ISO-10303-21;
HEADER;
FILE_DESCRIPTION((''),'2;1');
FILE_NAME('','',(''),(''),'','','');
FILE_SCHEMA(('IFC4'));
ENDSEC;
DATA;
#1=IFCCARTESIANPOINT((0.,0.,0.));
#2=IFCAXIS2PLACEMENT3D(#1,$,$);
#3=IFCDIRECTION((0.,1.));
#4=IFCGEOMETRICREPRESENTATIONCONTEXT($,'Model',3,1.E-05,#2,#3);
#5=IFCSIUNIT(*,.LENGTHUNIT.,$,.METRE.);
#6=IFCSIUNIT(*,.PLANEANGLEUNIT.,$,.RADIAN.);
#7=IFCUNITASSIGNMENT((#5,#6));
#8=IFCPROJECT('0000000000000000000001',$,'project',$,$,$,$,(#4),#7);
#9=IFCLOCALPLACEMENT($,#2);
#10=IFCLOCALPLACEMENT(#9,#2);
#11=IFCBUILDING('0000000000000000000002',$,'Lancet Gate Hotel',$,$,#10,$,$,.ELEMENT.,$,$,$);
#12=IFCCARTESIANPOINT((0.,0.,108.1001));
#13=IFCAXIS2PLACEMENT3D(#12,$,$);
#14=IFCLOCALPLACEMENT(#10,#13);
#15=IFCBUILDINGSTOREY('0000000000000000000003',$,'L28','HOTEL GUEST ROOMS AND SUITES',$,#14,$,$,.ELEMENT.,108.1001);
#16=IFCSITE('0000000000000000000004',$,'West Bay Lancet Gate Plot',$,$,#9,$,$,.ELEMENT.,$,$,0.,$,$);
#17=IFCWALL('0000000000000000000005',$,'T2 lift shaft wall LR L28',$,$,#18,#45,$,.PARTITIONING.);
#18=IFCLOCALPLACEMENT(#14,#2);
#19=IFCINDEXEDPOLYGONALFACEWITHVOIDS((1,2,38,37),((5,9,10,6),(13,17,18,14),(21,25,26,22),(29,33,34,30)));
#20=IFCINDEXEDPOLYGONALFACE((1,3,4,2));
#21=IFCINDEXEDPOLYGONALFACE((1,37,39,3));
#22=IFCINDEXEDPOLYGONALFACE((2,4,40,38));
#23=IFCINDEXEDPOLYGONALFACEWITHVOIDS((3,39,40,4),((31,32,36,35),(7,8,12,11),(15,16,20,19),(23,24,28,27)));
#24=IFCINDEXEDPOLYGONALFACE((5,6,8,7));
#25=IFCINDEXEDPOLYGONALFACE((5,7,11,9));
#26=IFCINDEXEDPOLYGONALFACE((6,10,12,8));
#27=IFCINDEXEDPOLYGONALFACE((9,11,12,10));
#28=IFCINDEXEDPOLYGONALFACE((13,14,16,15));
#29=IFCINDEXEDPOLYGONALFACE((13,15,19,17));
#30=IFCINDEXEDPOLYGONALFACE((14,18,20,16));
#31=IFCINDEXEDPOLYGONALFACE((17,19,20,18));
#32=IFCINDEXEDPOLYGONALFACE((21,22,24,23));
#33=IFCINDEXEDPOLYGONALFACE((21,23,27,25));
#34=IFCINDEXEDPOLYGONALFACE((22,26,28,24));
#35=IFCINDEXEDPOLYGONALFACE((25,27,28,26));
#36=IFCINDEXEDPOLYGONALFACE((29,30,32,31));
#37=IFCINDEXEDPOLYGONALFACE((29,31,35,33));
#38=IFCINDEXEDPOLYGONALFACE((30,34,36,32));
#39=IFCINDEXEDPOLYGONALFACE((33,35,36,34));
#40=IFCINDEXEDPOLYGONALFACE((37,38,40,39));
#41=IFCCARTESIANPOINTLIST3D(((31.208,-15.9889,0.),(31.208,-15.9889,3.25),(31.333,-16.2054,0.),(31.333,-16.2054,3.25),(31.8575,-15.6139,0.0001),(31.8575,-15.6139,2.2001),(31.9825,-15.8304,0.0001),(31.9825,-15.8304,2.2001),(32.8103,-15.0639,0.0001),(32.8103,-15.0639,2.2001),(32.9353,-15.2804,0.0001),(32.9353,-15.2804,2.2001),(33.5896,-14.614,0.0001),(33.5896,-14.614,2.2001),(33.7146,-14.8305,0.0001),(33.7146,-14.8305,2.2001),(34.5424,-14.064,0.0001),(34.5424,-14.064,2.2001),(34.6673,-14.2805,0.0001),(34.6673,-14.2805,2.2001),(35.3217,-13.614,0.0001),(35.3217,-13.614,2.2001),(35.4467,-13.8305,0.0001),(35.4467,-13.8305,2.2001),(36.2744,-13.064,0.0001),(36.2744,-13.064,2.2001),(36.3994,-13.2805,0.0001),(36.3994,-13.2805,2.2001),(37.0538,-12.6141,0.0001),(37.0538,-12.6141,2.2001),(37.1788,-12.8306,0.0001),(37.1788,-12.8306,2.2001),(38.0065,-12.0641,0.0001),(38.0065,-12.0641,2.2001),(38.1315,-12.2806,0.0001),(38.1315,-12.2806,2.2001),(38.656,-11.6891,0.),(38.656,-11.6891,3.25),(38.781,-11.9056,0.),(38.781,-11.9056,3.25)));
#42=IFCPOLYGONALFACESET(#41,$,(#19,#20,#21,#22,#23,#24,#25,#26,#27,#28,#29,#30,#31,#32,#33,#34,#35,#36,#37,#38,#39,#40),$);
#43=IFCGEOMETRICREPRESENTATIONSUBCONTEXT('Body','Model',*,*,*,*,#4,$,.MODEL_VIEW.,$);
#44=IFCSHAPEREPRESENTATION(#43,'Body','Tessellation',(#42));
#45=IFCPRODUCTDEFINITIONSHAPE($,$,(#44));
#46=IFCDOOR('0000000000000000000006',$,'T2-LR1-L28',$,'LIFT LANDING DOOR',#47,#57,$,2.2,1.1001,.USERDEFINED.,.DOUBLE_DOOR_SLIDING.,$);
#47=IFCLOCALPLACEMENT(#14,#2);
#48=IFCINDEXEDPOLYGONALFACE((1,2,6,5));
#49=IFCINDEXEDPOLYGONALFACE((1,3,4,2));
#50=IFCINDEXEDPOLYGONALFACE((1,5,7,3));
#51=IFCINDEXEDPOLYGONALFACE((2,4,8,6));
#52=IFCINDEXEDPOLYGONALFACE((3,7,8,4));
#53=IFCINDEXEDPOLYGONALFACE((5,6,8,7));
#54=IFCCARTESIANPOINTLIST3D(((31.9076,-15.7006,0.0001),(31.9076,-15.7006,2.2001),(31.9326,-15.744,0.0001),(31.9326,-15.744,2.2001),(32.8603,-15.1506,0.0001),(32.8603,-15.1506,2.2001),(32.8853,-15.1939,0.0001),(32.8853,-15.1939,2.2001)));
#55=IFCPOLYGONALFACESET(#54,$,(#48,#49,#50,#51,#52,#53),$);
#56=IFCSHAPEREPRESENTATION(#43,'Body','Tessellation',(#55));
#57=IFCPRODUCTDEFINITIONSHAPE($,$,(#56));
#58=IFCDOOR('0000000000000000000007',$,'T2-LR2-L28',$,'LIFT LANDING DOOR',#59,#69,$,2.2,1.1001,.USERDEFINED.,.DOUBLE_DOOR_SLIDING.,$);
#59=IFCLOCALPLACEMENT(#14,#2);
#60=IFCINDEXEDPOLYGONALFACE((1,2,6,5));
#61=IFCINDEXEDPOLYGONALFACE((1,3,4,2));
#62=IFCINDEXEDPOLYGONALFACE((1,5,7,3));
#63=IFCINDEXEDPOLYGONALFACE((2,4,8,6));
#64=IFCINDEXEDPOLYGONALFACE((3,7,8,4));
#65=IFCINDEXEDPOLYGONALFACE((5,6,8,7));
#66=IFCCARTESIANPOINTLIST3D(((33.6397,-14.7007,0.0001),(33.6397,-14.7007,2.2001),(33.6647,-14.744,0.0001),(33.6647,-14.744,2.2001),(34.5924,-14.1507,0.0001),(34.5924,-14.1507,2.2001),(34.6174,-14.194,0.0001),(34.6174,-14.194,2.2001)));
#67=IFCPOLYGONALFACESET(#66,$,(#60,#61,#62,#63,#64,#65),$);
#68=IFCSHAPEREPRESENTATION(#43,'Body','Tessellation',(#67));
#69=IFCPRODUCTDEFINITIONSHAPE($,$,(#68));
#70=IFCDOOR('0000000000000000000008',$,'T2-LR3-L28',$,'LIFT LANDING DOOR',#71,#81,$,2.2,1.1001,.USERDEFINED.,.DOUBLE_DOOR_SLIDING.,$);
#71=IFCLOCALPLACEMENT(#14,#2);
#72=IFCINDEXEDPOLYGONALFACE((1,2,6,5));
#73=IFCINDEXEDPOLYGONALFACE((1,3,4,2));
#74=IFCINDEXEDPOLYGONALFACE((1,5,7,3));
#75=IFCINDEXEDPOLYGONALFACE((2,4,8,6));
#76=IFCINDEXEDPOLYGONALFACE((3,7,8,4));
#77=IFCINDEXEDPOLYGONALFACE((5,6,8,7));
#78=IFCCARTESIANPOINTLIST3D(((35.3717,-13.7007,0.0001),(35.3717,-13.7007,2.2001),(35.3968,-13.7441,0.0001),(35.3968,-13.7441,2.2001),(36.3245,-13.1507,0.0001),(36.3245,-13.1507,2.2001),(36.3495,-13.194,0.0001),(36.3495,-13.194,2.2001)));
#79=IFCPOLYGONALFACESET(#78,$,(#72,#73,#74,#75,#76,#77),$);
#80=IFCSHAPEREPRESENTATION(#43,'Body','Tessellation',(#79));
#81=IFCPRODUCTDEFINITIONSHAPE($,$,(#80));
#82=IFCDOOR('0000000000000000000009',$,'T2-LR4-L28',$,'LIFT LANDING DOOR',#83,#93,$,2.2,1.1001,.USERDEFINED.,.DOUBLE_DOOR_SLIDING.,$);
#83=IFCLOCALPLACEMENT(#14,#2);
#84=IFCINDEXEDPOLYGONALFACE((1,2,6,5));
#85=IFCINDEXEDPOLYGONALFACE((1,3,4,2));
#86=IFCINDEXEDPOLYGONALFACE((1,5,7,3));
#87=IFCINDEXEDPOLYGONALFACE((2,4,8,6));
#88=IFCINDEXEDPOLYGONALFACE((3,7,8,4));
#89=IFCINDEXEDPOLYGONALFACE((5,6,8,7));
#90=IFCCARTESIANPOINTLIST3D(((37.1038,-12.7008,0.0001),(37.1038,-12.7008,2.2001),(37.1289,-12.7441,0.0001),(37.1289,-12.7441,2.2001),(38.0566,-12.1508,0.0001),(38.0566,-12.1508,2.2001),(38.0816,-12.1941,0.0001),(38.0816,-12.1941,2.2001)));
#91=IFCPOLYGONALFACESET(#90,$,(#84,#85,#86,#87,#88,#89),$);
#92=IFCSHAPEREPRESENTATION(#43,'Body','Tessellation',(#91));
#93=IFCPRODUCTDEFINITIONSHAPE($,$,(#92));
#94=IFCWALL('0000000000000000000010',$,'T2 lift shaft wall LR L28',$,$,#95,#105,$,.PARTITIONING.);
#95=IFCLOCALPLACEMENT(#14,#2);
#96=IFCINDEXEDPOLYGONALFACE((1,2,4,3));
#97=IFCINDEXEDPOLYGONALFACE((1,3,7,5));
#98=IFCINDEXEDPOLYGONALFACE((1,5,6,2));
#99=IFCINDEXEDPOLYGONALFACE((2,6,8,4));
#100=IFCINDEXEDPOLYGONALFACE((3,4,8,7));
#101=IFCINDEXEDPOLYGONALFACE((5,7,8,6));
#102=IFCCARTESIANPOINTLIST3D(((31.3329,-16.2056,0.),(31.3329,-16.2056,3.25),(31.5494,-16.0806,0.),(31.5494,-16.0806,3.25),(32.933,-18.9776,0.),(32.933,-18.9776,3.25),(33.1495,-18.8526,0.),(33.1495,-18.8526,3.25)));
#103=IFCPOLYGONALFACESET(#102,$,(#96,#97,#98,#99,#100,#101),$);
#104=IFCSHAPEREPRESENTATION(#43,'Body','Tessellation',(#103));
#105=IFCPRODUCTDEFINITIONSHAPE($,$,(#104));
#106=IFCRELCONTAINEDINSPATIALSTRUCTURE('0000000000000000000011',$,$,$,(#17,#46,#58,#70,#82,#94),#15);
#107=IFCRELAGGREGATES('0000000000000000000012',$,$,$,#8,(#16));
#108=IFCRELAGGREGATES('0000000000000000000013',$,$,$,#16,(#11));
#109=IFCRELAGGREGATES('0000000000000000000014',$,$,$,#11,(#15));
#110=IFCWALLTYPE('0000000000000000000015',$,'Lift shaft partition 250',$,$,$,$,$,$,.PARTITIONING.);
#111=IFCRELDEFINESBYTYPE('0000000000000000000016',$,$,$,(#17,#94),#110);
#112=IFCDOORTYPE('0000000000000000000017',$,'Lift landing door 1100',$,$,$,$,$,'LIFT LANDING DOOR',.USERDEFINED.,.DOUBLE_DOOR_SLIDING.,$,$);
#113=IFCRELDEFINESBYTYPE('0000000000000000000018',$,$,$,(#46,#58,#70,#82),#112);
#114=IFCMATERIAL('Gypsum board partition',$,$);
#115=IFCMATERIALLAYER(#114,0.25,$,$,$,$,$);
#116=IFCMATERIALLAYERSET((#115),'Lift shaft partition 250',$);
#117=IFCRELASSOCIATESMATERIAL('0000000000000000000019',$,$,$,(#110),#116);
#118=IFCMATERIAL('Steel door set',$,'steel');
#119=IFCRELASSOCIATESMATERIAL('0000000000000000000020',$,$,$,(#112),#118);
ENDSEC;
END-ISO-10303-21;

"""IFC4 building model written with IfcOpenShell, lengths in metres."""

from ifc_helpers import new_model, si_unit, direction, frame, frame_2d, origin, place, context, subcontext, project, spatial, rectangle, extrude, material, layer, layer_set, type_object, element, fill, save


model = new_model("IFC4")

# Units and contexts
model_context = context("Model", 3, precision=1e-05, world=origin(), true_north=direction((0.0, 1.0)))
body_context = subcontext(model_context, "Body", "Model", "MODEL_VIEW")
ifc_project = project(units=[si_unit("LENGTHUNIT", "METRE"), si_unit("PLANEANGLEUNIT", "RADIAN")], contexts=[model_context])

# Site, building, storey
site_placement = place(None, origin())
site = spatial("IfcSite", under=ifc_project, at=site_placement, Name="West Bay Lancet Gate Plot", CompositionType="ELEMENT", RefElevation=0.0)
building_placement = place(site_placement, origin())
building = spatial("IfcBuilding", under=site, at=building_placement, Name="Lancet Gate Hotel", CompositionType="ELEMENT")
storey_placement = place(building_placement, frame((0.0, 0.0, 108.1001)))
storey = spatial("IfcBuildingStorey", under=building, at=storey_placement, Name="L28", Description="HOTEL GUEST ROOMS AND SUITES", CompositionType="ELEMENT", Elevation=108.1001)

# Wall, openings, doors
ifc_material_1 = material(Name="Gypsum board partition")
ifc_layer_1 = layer(ifc_material_1, 0.25)
ifc_layer_set_1 = layer_set([ifc_layer_1], Name="Lift shaft partition 250")
wall_type_1 = type_object("IfcWallType", Name="Lift shaft partition 250", PredefinedType="PARTITIONING", material=ifc_layer_set_1)
wall_1_placement = place(storey_placement, frame((31.2705, -16.0972, 0.0), z_axis=(0.0, 0.0, 1.0), x_axis=(0.86604, 0.499974, 0.0)))
wall_1 = element("IfcWall", 1, at=wall_1_placement, inside=storey, type_object=wall_type_1, Name="T2 lift shaft wall LR L28", PredefinedType="PARTITIONING", context=body_context, shape_type="SweptSolid", body=[
    extrude(rectangle(XDim=8.6001, YDim=0.25, at=frame_2d((4.3, 0.0))), origin(), (0.0, 0.0, 1.0), 3.25),
])
opening_1_placement = place(wall_1_placement, frame((0.75, 0.0, 0.0)))
opening_1 = element("IfcOpeningElement", 2, at=opening_1_placement, cuts=wall_1, PredefinedType="OPENING", context=body_context, shape_type="SweptSolid", body=[
    extrude(rectangle(XDim=1.1001, YDim=2.2, at=frame_2d((0.55, 1.1001))), frame((0.0, 0.135, 0.0), z_axis=(0.0, -1.0, 0.0), x_axis=(1.0, 0.0, 0.0)), (0.0, 0.0, 1.0), 0.27),
])
opening_2_placement = place(wall_1_placement, frame((2.75, 0.0, 0.0)))
opening_2 = element("IfcOpeningElement", 3, at=opening_2_placement, cuts=wall_1, PredefinedType="OPENING", context=body_context, shape_type="SweptSolid", body=[
    extrude(rectangle(XDim=1.1001, YDim=2.2, at=frame_2d((0.55, 1.1001))), frame((0.0, 0.135, 0.0), z_axis=(0.0, -1.0, 0.0), x_axis=(1.0, 0.0, 0.0)), (0.0, 0.0, 1.0), 0.27),
])
opening_3_placement = place(wall_1_placement, frame((4.75, 0.0, 0.0)))
opening_3 = element("IfcOpeningElement", 4, at=opening_3_placement, cuts=wall_1, PredefinedType="OPENING", context=body_context, shape_type="SweptSolid", body=[
    extrude(rectangle(XDim=1.1001, YDim=2.2, at=frame_2d((0.55, 1.1001))), frame((0.0, 0.135, 0.0), z_axis=(0.0, -1.0, 0.0), x_axis=(1.0, 0.0, 0.0)), (0.0, 0.0, 1.0), 0.27),
])
opening_4_placement = place(wall_1_placement, frame((6.75, 0.0, 0.0)))
opening_4 = element("IfcOpeningElement", 5, at=opening_4_placement, cuts=wall_1, PredefinedType="OPENING", context=body_context, shape_type="SweptSolid", body=[
    extrude(rectangle(XDim=1.1001, YDim=2.2, at=frame_2d((0.55, 1.1001))), frame((0.0, 0.135, 0.0), z_axis=(0.0, -1.0, 0.0), x_axis=(1.0, 0.0, 0.0)), (0.0, 0.0, 1.0), 0.27),
])
ifc_material_2 = material(Name="Steel door set", Category="steel")
door_type_1 = type_object("IfcDoorType", Name="Lift landing door 1100", ElementType="LIFT LANDING DOOR", OperationType="DOUBLE_DOOR_SLIDING", PredefinedType="USERDEFINED", material=ifc_material_2)
door_1_placement = place(opening_1_placement, origin())
door_1 = element("IfcDoor", 6, at=door_1_placement, inside=storey, type_object=door_type_1, Name="T2-LR1-L28", ObjectType="LIFT LANDING DOOR", OperationType="DOUBLE_DOOR_SLIDING", OverallHeight=2.2, OverallWidth=1.1001, PredefinedType="USERDEFINED", context=body_context, shape_type="SweptSolid", body=[
    extrude(rectangle(XDim=1.1001, YDim=2.2, at=frame_2d((0.55, 1.1001))), frame((0.0, 0.0249, 0.0), z_axis=(0.0, -1.0, 0.0), x_axis=(1.0, 0.0, 0.0)), (0.0, 0.0, 1.0), 0.05),
])
fill(opening_1, door_1)
door_2_placement = place(opening_2_placement, origin())
door_2 = element("IfcDoor", 7, at=door_2_placement, inside=storey, type_object=door_type_1, Name="T2-LR2-L28", ObjectType="LIFT LANDING DOOR", OperationType="DOUBLE_DOOR_SLIDING", OverallHeight=2.2, OverallWidth=1.1001, PredefinedType="USERDEFINED", context=body_context, shape_type="SweptSolid", body=[
    extrude(rectangle(XDim=1.1001, YDim=2.2, at=frame_2d((0.55, 1.1001))), frame((0.0, 0.0249, 0.0), z_axis=(0.0, -1.0, 0.0), x_axis=(1.0, 0.0, 0.0)), (0.0, 0.0, 1.0), 0.05),
])
fill(opening_2, door_2)
door_3_placement = place(opening_3_placement, origin())
door_3 = element("IfcDoor", 8, at=door_3_placement, inside=storey, type_object=door_type_1, Name="T2-LR3-L28", ObjectType="LIFT LANDING DOOR", OperationType="DOUBLE_DOOR_SLIDING", OverallHeight=2.2, OverallWidth=1.1001, PredefinedType="USERDEFINED", context=body_context, shape_type="SweptSolid", body=[
    extrude(rectangle(XDim=1.1001, YDim=2.2, at=frame_2d((0.55, 1.1001))), frame((0.0, 0.0249, 0.0), z_axis=(0.0, -1.0, 0.0), x_axis=(1.0, 0.0, 0.0)), (0.0, 0.0, 1.0), 0.05),
])
fill(opening_3, door_3)
door_4_placement = place(opening_4_placement, origin())
door_4 = element("IfcDoor", 9, at=door_4_placement, inside=storey, type_object=door_type_1, Name="T2-LR4-L28", ObjectType="LIFT LANDING DOOR", OperationType="DOUBLE_DOOR_SLIDING", OverallHeight=2.2, OverallWidth=1.1001, PredefinedType="USERDEFINED", context=body_context, shape_type="SweptSolid", body=[
    extrude(rectangle(XDim=1.1001, YDim=2.2, at=frame_2d((0.55, 1.1001))), frame((0.0, 0.0249, 0.0), z_axis=(0.0, -1.0, 0.0), x_axis=(1.0, 0.0, 0.0)), (0.0, 0.0, 1.0), 0.05),
])
fill(opening_4, door_4)

# Wall
wall_2_placement = place(storey_placement, frame((31.4412, -16.1431, 0.0), z_axis=(0.0, 0.0, 1.0), x_axis=(0.499929, -0.866066, 0.0)))
element("IfcWall", 10, at=wall_2_placement, inside=storey, type_object=wall_type_1, Name="T2 lift shaft wall LR L28", PredefinedType="PARTITIONING", context=body_context, shape_type="SweptSolid", body=[
    extrude(rectangle(XDim=3.2007, YDim=0.25, at=frame_2d((1.6003, 0.0))), origin(), (0.0, 0.0, 1.0), 3.25),
])

save(model, "model.ifc")
